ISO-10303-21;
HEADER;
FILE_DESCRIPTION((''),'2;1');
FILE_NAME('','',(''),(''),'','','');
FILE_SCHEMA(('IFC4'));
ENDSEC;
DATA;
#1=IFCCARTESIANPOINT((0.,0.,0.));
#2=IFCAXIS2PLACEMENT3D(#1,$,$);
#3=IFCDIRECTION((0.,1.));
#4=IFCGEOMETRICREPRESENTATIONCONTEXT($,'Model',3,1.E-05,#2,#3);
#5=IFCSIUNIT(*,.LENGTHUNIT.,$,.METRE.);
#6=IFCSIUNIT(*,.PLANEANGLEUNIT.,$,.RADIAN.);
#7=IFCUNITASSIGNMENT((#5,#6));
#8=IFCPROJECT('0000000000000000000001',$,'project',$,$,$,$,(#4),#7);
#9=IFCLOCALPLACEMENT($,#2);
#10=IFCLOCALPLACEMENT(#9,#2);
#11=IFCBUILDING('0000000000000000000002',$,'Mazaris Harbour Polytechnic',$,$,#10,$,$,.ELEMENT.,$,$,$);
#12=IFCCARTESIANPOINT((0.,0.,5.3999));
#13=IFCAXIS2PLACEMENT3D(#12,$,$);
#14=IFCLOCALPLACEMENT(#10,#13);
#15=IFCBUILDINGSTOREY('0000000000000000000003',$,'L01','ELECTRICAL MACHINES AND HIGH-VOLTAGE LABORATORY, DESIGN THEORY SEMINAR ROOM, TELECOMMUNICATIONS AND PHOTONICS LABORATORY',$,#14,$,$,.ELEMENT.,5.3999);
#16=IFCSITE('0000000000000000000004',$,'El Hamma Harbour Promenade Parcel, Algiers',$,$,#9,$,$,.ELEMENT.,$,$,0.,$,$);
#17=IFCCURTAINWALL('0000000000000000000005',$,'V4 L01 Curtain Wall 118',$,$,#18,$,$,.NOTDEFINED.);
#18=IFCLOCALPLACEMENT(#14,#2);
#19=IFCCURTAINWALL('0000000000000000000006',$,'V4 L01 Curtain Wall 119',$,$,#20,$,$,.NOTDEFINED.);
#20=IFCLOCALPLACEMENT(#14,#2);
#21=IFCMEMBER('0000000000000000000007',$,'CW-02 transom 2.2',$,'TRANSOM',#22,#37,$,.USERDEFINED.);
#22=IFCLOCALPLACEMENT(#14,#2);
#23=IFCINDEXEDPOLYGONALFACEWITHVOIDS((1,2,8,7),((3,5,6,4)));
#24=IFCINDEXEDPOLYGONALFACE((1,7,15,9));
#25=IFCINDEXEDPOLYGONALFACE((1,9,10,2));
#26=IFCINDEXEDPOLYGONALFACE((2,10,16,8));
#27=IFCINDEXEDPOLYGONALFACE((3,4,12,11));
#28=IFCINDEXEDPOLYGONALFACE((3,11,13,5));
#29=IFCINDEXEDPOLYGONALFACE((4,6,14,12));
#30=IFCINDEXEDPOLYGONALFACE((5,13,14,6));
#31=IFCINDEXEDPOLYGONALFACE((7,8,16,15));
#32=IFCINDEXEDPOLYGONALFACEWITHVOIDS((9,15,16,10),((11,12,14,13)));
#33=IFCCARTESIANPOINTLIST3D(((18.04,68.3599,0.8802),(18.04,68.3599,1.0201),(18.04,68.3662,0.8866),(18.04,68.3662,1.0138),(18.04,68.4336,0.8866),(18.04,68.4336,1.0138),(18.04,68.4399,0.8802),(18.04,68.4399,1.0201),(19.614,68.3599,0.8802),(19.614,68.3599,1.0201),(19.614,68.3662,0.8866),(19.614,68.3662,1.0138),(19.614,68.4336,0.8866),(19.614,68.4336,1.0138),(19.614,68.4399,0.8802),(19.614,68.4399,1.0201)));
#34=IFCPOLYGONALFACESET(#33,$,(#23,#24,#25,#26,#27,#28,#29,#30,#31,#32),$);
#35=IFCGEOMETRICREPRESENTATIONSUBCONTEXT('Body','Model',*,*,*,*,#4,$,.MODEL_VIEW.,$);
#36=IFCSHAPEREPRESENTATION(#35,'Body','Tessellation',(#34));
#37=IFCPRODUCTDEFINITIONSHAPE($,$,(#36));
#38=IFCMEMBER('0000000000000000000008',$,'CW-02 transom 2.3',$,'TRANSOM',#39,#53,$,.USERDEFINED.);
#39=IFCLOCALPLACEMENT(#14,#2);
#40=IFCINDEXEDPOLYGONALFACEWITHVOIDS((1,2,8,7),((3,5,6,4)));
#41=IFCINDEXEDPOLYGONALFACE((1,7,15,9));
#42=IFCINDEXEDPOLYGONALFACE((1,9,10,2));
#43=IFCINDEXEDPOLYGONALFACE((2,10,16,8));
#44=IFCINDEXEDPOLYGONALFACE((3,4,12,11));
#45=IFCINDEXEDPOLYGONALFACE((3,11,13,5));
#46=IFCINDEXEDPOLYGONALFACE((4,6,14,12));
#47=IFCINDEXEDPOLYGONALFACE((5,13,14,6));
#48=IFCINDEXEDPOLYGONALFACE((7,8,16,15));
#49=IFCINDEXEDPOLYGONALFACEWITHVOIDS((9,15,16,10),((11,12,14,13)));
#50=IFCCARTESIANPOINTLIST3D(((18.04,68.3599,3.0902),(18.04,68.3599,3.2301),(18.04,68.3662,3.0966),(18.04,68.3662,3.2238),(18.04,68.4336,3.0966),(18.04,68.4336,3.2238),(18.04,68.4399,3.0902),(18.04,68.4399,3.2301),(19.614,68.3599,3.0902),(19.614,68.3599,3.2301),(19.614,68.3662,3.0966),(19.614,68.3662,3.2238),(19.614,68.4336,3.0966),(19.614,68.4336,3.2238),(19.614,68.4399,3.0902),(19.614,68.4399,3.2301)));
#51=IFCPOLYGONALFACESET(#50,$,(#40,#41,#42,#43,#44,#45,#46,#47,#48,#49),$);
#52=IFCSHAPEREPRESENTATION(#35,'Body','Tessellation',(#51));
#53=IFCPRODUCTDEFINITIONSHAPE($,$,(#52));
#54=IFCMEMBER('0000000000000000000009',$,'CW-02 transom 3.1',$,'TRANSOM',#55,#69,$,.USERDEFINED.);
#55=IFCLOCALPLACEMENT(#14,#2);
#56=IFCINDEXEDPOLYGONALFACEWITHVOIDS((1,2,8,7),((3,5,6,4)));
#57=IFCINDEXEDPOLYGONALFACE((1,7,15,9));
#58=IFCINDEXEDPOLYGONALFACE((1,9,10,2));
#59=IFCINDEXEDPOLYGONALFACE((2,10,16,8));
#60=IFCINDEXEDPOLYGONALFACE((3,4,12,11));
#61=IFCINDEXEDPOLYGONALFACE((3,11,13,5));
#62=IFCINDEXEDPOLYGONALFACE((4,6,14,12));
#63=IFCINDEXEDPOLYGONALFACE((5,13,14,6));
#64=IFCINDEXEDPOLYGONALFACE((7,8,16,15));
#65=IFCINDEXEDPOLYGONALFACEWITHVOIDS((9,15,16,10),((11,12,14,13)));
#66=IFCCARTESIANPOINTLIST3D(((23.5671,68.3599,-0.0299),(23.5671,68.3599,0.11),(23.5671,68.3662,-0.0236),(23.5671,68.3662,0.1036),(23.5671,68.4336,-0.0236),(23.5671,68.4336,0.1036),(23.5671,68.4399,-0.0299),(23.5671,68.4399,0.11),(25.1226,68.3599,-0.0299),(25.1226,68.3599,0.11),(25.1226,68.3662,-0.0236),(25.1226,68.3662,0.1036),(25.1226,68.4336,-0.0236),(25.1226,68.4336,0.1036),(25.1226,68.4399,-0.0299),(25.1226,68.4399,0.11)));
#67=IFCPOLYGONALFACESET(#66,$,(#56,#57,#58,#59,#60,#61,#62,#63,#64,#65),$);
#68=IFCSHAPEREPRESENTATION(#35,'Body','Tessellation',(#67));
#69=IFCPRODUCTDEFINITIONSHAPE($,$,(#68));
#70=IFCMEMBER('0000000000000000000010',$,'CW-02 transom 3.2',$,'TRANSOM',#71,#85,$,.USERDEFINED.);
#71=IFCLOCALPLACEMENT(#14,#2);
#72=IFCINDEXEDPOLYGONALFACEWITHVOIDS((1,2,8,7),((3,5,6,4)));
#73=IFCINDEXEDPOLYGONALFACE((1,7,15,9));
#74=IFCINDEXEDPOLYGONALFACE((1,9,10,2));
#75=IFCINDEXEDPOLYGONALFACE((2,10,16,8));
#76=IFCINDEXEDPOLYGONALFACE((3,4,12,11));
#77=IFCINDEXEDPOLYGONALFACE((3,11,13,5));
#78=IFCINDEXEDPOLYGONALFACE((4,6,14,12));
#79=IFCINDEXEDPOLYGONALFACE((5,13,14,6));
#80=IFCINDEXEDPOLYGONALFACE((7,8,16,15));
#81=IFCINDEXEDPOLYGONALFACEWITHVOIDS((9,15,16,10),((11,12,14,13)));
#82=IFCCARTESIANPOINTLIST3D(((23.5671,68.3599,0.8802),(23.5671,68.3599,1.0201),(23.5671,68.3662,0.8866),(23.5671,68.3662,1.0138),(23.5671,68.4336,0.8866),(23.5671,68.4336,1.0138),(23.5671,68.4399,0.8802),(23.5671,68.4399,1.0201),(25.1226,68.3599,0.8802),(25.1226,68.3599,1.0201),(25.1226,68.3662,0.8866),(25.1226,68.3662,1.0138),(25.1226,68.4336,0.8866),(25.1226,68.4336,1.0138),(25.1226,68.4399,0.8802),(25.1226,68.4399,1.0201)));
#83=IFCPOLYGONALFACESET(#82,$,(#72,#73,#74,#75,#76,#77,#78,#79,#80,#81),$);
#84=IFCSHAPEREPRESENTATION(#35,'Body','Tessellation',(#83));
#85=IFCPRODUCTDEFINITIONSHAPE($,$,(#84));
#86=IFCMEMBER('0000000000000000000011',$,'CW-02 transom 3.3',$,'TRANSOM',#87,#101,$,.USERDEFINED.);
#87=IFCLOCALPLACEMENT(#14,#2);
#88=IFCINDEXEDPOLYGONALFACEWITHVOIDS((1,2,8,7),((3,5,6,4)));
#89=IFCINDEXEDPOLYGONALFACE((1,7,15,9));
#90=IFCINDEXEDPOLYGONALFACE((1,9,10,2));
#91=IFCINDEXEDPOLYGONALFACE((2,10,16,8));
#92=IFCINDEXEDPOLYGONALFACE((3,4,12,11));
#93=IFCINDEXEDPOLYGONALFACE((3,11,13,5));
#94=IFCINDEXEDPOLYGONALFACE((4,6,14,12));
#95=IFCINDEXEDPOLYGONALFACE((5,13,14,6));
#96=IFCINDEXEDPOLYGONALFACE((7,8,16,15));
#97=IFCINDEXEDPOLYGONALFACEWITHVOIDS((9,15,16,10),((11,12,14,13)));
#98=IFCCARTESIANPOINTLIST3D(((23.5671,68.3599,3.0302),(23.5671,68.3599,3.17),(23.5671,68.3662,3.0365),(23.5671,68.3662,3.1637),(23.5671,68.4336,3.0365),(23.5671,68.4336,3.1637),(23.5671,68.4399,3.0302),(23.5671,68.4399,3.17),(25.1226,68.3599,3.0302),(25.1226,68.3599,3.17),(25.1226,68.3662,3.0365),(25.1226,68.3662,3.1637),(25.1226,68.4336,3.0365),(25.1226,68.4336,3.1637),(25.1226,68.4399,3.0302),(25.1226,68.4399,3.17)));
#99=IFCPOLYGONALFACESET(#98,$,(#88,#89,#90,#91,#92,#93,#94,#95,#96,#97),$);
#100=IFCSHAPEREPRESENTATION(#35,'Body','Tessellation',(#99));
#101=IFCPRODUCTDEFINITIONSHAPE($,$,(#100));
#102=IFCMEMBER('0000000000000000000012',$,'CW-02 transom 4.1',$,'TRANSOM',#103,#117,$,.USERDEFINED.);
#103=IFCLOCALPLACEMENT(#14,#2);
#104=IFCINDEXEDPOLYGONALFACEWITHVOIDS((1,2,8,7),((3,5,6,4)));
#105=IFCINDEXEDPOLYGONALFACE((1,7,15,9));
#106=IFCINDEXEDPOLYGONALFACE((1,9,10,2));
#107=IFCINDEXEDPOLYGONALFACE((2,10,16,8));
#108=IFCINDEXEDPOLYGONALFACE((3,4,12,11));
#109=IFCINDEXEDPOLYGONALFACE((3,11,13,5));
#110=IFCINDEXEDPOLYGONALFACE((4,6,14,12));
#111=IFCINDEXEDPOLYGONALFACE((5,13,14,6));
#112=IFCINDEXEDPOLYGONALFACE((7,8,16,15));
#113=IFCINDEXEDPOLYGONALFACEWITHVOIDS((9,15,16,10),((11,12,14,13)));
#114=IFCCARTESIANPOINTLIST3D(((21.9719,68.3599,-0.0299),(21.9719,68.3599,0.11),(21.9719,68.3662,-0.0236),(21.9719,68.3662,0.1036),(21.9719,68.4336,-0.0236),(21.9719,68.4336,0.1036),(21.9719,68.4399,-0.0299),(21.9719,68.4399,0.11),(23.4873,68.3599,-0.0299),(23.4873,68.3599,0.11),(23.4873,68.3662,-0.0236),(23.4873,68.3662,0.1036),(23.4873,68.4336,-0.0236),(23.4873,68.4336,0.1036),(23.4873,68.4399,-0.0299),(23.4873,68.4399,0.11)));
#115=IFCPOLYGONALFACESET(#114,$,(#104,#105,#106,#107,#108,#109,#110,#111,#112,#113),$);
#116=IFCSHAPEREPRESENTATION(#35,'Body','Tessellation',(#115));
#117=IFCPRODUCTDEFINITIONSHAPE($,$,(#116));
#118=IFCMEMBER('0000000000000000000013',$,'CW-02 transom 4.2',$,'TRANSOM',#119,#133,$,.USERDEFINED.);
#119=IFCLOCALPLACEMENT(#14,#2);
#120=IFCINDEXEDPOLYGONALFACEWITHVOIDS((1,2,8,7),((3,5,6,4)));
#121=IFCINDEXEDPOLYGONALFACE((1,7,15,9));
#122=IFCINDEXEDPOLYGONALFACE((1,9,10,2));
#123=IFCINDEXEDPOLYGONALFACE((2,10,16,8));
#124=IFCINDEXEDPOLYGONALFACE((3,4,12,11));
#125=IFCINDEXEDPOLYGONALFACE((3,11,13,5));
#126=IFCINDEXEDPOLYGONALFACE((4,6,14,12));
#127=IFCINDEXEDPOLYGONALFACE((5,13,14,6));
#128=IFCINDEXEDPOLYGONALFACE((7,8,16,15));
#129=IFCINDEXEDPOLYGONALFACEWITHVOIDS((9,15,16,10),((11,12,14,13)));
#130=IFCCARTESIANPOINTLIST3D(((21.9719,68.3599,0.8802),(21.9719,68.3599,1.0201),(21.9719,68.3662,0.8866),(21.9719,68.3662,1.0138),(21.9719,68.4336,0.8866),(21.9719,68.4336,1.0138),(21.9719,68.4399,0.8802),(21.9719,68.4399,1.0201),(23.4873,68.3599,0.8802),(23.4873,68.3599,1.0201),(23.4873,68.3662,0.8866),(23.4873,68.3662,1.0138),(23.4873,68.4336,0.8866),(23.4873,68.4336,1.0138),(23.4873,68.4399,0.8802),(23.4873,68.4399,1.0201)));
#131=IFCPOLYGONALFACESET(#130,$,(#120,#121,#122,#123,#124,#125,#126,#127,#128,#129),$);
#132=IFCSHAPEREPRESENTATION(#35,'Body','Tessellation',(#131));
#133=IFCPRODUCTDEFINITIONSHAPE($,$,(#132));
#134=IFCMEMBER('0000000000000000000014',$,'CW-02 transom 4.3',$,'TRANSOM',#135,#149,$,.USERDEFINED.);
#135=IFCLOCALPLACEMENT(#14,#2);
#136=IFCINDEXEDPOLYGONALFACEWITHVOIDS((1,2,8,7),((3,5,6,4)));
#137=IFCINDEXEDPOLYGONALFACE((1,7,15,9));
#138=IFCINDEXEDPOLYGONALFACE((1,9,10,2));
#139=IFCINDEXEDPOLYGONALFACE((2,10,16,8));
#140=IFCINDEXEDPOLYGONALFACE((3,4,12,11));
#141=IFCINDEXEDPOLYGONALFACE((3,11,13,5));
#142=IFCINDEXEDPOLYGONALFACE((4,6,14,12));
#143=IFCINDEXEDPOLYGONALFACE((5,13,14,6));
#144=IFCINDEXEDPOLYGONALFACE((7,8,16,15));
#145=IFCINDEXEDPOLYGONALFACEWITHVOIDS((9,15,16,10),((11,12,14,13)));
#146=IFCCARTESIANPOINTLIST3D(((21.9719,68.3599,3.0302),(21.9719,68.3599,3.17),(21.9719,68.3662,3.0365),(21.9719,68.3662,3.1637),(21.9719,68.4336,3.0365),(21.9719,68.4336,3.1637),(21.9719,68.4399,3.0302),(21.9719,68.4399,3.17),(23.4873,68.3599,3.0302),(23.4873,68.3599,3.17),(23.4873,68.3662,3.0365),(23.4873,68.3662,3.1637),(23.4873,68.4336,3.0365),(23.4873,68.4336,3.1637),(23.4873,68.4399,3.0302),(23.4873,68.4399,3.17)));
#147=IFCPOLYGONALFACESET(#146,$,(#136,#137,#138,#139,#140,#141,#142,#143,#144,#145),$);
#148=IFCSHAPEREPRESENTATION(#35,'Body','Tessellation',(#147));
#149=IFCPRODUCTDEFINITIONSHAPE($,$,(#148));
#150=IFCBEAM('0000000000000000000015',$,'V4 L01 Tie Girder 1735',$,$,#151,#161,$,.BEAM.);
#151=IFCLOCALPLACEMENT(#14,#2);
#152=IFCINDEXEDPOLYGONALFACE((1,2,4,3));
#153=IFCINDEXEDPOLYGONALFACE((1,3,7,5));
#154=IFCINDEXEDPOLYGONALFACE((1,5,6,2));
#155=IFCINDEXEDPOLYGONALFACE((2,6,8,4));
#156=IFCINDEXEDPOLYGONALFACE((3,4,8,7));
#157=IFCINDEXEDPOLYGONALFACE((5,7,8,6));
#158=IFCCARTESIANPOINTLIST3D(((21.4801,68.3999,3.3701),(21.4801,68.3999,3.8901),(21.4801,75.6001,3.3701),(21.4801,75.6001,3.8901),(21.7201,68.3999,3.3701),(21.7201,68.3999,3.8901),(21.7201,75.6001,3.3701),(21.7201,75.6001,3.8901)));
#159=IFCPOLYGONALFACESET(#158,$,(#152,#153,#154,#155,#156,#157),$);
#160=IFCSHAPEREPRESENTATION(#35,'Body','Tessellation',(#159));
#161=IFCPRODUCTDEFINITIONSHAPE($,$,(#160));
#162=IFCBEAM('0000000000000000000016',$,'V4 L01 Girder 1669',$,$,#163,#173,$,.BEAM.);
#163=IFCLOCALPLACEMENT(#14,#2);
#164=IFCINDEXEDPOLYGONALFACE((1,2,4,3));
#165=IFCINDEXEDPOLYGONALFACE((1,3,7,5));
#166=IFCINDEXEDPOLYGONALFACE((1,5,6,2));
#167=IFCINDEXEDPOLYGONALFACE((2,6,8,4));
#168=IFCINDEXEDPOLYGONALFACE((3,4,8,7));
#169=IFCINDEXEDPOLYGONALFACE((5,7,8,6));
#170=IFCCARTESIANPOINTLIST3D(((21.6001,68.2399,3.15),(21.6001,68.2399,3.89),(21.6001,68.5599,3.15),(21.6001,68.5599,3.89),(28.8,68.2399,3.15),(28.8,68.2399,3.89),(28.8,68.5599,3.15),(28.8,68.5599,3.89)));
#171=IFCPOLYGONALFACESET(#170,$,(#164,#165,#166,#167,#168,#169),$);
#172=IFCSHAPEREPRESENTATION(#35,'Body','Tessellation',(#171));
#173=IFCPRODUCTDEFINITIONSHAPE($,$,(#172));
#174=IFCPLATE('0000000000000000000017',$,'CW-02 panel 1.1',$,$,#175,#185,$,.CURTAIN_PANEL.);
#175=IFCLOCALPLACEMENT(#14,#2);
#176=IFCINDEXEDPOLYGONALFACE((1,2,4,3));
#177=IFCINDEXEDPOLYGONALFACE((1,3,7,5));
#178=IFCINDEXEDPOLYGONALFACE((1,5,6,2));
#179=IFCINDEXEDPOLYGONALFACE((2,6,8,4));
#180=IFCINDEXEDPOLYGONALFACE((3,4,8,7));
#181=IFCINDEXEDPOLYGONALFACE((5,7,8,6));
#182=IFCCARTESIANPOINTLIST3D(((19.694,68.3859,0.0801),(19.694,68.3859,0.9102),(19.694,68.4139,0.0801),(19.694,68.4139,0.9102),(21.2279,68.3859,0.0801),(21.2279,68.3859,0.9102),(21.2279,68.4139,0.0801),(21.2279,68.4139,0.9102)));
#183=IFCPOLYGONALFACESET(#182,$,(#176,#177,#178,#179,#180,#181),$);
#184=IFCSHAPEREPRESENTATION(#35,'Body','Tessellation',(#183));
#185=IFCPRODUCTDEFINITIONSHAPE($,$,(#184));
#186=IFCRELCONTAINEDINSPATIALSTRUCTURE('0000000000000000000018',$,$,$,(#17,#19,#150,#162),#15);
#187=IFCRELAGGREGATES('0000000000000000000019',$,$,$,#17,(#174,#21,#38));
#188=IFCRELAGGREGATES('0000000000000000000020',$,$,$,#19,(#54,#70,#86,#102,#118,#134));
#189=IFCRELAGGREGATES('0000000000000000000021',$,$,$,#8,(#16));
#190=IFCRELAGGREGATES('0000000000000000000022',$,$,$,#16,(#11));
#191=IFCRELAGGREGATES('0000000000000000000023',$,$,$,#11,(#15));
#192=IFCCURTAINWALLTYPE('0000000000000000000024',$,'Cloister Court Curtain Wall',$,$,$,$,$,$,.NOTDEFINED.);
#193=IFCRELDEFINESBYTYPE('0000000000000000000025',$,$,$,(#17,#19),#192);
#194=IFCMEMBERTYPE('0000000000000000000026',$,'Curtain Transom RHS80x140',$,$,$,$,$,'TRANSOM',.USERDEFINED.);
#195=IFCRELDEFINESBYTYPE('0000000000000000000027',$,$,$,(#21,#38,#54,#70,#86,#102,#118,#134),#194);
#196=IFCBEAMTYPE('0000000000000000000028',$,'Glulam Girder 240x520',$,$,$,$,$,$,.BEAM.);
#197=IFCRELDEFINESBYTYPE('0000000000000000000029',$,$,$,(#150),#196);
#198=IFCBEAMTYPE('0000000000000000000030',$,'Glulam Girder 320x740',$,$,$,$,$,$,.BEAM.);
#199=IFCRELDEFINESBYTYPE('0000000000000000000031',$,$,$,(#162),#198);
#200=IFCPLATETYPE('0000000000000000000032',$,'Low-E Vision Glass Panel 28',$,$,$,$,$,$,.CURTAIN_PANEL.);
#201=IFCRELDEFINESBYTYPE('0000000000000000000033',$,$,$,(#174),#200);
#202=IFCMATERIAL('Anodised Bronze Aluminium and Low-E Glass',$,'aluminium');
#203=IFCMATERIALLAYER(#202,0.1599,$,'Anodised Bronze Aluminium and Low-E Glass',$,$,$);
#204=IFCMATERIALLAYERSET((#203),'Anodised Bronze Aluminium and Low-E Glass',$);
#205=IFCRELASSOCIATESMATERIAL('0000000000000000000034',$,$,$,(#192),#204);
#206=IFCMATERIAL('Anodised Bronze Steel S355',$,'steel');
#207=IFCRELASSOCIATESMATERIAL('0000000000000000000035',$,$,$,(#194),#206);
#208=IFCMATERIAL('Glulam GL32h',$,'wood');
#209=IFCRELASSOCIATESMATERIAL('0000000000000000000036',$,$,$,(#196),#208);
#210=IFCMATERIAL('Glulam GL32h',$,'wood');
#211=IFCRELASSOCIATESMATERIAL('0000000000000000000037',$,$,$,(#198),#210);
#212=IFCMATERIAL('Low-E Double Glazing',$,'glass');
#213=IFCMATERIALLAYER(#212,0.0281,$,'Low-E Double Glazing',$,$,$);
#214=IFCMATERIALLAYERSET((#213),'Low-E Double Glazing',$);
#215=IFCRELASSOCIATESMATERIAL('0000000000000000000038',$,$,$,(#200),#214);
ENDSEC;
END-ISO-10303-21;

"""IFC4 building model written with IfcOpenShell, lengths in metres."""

from ifc_helpers import new_model, si_unit, direction, frame, origin, origin_2d, place, context, subcontext, project, spatial, rectangle, hollow_rectangle, extrude, material, layer, layer_set, material_profile, profile_set, type_object, element, aggregate, save


model = new_model("IFC4")

# Units and contexts
model_context = context("Model", 3, precision=1e-05, world=origin(), true_north=direction((0.0, 1.0)))
body_context = subcontext(model_context, "Body", "Model", "MODEL_VIEW")
ifc_project = project(units=[si_unit("LENGTHUNIT", "METRE"), si_unit("PLANEANGLEUNIT", "RADIAN")], contexts=[model_context])

# Site, building, storey
site_placement = place(None, origin())
site = spatial("IfcSite", under=ifc_project, at=site_placement, Name="El Hamma Harbour Promenade Parcel, Algiers", CompositionType="ELEMENT", RefElevation=0.0)
building_placement = place(site_placement, origin())
building = spatial("IfcBuilding", under=site, at=building_placement, Name="Mazaris Harbour Polytechnic", CompositionType="ELEMENT")
storey_placement = place(building_placement, frame((0.0, 0.0, 5.3999)))
storey = spatial("IfcBuildingStorey", under=building, at=storey_placement, Name="L01", Description="ELECTRICAL MACHINES AND HIGH-VOLTAGE LABORATORY, DESIGN THEORY SEMINAR ROOM, TELECOMMUNICATIONS AND PHOTONICS LABORATORY", CompositionType="ELEMENT", Elevation=5.3999)

# Curtain walls
ifc_material_1 = material(Name="Anodised Bronze Aluminium and Low-E Glass", Category="aluminium")
ifc_layer_1 = layer(ifc_material_1, 0.1599, Name="Anodised Bronze Aluminium and Low-E Glass")
ifc_layer_set_1 = layer_set([ifc_layer_1], Name="Anodised Bronze Aluminium and Low-E Glass")
curtain_wall_type = type_object("IfcCurtainWallType", Name="Cloister Court Curtain Wall", PredefinedType="NOTDEFINED", material=ifc_layer_set_1)
curtain_wall_1_placement = place(storey_placement, origin())
curtain_wall_1 = element("IfcCurtainWall", 1, at=curtain_wall_1_placement, inside=storey, type_object=curtain_wall_type, Name="V4 L01 Curtain Wall 118", PredefinedType="NOTDEFINED")
curtain_wall_2_placement = place(storey_placement, origin())
curtain_wall_2 = element("IfcCurtainWall", 2, at=curtain_wall_2_placement, inside=storey, type_object=curtain_wall_type, Name="V4 L01 Curtain Wall 119", PredefinedType="NOTDEFINED")

# Members
ifc_material_2 = material(Name="Anodised Bronze Steel S355", Category="steel")
ifc_material_profile_1 = material_profile(ifc_material_2, hollow_rectangle(XDim=0.0801, YDim=0.1399, WallThickness=0.0063, at=origin_2d()), Name="RHS 80x140x6.3")
ifc_profile_set_1 = profile_set([ifc_material_profile_1], Name="Anodised Bronze Steel S355")
member_type_1 = type_object("IfcMemberType", Name="Curtain Transom RHS80x140", ElementType="TRANSOM", PredefinedType="USERDEFINED", material=ifc_profile_set_1)
member_1_placement = place(storey_placement, frame((19.614, 68.3999, 0.9502), z_axis=(-1.0, 0.0, 0.0), x_axis=(0.0, -1.0, 0.0)))
member_1 = element("IfcMember", 3, at=member_1_placement, type_object=member_type_1, Name="CW-02 transom 2.2", ObjectType="TRANSOM", PredefinedType="USERDEFINED", context=body_context, shape_type="SweptSolid", body=[
    extrude(hollow_rectangle(XDim=0.0801, YDim=0.1399, WallThickness=0.0063, at=origin_2d()), origin(), (0.0, 0.0, 1.0), 1.574),
])
member_2_placement = place(storey_placement, frame((19.614, 68.3999, 3.1602), z_axis=(-1.0, 0.0, 0.0), x_axis=(0.0, -1.0, 0.0)))
member_2 = element("IfcMember", 4, at=member_2_placement, type_object=member_type_1, Name="CW-02 transom 2.3", ObjectType="TRANSOM", PredefinedType="USERDEFINED", context=body_context, shape_type="SweptSolid", body=[
    extrude(hollow_rectangle(XDim=0.0801, YDim=0.1399, WallThickness=0.0063, at=origin_2d()), origin(), (0.0, 0.0, 1.0), 1.574),
])
member_3_placement = place(storey_placement, frame((25.1226, 68.3999, 0.04), z_axis=(-1.0, 0.0, 0.0), x_axis=(0.0, -1.0, 0.0)))
member_3 = element("IfcMember", 5, at=member_3_placement, type_object=member_type_1, Name="CW-02 transom 3.1", ObjectType="TRANSOM", PredefinedType="USERDEFINED", context=body_context, shape_type="SweptSolid", body=[
    extrude(hollow_rectangle(XDim=0.0801, YDim=0.1399, WallThickness=0.0063, at=origin_2d()), origin(), (0.0, 0.0, 1.0), 1.5554),
])
member_4_placement = place(storey_placement, frame((25.1226, 68.3999, 0.9502), z_axis=(-1.0, 0.0, 0.0), x_axis=(0.0, -1.0, 0.0)))
member_4 = element("IfcMember", 6, at=member_4_placement, type_object=member_type_1, Name="CW-02 transom 3.2", ObjectType="TRANSOM", PredefinedType="USERDEFINED", context=body_context, shape_type="SweptSolid", body=[
    extrude(hollow_rectangle(XDim=0.0801, YDim=0.1399, WallThickness=0.0063, at=origin_2d()), origin(), (0.0, 0.0, 1.0), 1.5554),
])
member_5_placement = place(storey_placement, frame((25.1226, 68.3999, 3.1001), z_axis=(-1.0, 0.0, 0.0), x_axis=(0.0, -1.0, 0.0)))
member_5 = element("IfcMember", 7, at=member_5_placement, type_object=member_type_1, Name="CW-02 transom 3.3", ObjectType="TRANSOM", PredefinedType="USERDEFINED", context=body_context, shape_type="SweptSolid", body=[
    extrude(hollow_rectangle(XDim=0.0801, YDim=0.1399, WallThickness=0.0063, at=origin_2d()), origin(), (0.0, 0.0, 1.0), 1.5554),
])
member_6_placement = place(storey_placement, frame((23.4873, 68.3999, 0.04), z_axis=(-1.0, 0.0, 0.0), x_axis=(0.0, -1.0, 0.0)))
member_6 = element("IfcMember", 8, at=member_6_placement, type_object=member_type_1, Name="CW-02 transom 4.1", ObjectType="TRANSOM", PredefinedType="USERDEFINED", context=body_context, shape_type="SweptSolid", body=[
    extrude(hollow_rectangle(XDim=0.0801, YDim=0.1399, WallThickness=0.0063, at=origin_2d()), origin(), (0.0, 0.0, 1.0), 1.5154),
])
member_7_placement = place(storey_placement, frame((23.4873, 68.3999, 0.9502), z_axis=(-1.0, 0.0, 0.0), x_axis=(0.0, -1.0, 0.0)))
member_7 = element("IfcMember", 9, at=member_7_placement, type_object=member_type_1, Name="CW-02 transom 4.2", ObjectType="TRANSOM", PredefinedType="USERDEFINED", context=body_context, shape_type="SweptSolid", body=[
    extrude(hollow_rectangle(XDim=0.0801, YDim=0.1399, WallThickness=0.0063, at=origin_2d()), origin(), (0.0, 0.0, 1.0), 1.5154),
])
member_8_placement = place(storey_placement, frame((23.4873, 68.3999, 3.1001), z_axis=(-1.0, 0.0, 0.0), x_axis=(0.0, -1.0, 0.0)))
member_8 = element("IfcMember", 10, at=member_8_placement, type_object=member_type_1, Name="CW-02 transom 4.3", ObjectType="TRANSOM", PredefinedType="USERDEFINED", context=body_context, shape_type="SweptSolid", body=[
    extrude(hollow_rectangle(XDim=0.0801, YDim=0.1399, WallThickness=0.0063, at=origin_2d()), origin(), (0.0, 0.0, 1.0), 1.5154),
])

# Beams
ifc_material_3 = material(Name="Glulam GL32h", Category="wood")
ifc_material_profile_2 = material_profile(ifc_material_3, rectangle(XDim=0.24, YDim=0.52, at=origin_2d()), Name="RECT240x520")
ifc_profile_set_2 = profile_set([ifc_material_profile_2], Name="Glulam GL32h")
beam_type_1 = type_object("IfcBeamType", Name="Glulam Girder 240x520", PredefinedType="BEAM", material=ifc_profile_set_2)
beam_1_placement = place(storey_placement, frame((21.6001, 68.3999, 3.6301), z_axis=(0.0, 1.0, 0.0), x_axis=(-1.0, 0.0, 0.0)))
element("IfcBeam", 11, at=beam_1_placement, inside=storey, type_object=beam_type_1, Name="V4 L01 Tie Girder 1735", PredefinedType="BEAM", context=body_context, shape_type="SweptSolid", body=[
    extrude(rectangle(XDim=0.24, YDim=0.52, at=origin_2d()), origin(), (0.0, 0.0, 1.0), 7.2002),
])
ifc_material_4 = material(Name="Glulam GL32h", Category="wood")
ifc_material_profile_3 = material_profile(ifc_material_4, rectangle(XDim=0.3201, YDim=0.74, at=origin_2d()), Name="RECT320x740")
ifc_profile_set_3 = profile_set([ifc_material_profile_3], Name="Glulam GL32h")
beam_type_2 = type_object("IfcBeamType", Name="Glulam Girder 320x740", PredefinedType="BEAM", material=ifc_profile_set_3)
beam_2_placement = place(storey_placement, frame((21.6001, 68.3999, 3.52), z_axis=(1.0, 0.0, 0.0), x_axis=(0.0, 1.0, 0.0)))
element("IfcBeam", 12, at=beam_2_placement, inside=storey, type_object=beam_type_2, Name="V4 L01 Girder 1669", PredefinedType="BEAM", context=body_context, shape_type="SweptSolid", body=[
    extrude(rectangle(XDim=0.3201, YDim=0.74, at=origin_2d()), origin(), (0.0, 0.0, 1.0), 7.2),
])

# Plate
ifc_material_5 = material(Name="Low-E Double Glazing", Category="glass")
ifc_layer_2 = layer(ifc_material_5, 0.0281, Name="Low-E Double Glazing")
ifc_layer_set_2 = layer_set([ifc_layer_2], Name="Low-E Double Glazing")
plate_type = type_object("IfcPlateType", Name="Low-E Vision Glass Panel 28", PredefinedType="CURTAIN_PANEL", material=ifc_layer_set_2)
plate_1_placement = place(storey_placement, frame((20.4609, 68.3999, 0.0801), z_axis=(0.0, 0.0, 1.0), x_axis=(-1.0, 0.0, 0.0)))
plate_1 = element("IfcPlate", 13, at=plate_1_placement, type_object=plate_type, Name="CW-02 panel 1.1", PredefinedType="CURTAIN_PANEL", context=body_context, shape_type="SweptSolid", body=[
    extrude(rectangle(XDim=1.5339, YDim=0.0281, at=origin_2d()), origin(), (0.0, 0.0, 1.0), 0.8301),
])
aggregate(curtain_wall_1, [plate_1, member_1, member_2])
aggregate(curtain_wall_2, [member_3, member_4, member_5, member_6, member_7, member_8])

save(model, "model.ifc")
